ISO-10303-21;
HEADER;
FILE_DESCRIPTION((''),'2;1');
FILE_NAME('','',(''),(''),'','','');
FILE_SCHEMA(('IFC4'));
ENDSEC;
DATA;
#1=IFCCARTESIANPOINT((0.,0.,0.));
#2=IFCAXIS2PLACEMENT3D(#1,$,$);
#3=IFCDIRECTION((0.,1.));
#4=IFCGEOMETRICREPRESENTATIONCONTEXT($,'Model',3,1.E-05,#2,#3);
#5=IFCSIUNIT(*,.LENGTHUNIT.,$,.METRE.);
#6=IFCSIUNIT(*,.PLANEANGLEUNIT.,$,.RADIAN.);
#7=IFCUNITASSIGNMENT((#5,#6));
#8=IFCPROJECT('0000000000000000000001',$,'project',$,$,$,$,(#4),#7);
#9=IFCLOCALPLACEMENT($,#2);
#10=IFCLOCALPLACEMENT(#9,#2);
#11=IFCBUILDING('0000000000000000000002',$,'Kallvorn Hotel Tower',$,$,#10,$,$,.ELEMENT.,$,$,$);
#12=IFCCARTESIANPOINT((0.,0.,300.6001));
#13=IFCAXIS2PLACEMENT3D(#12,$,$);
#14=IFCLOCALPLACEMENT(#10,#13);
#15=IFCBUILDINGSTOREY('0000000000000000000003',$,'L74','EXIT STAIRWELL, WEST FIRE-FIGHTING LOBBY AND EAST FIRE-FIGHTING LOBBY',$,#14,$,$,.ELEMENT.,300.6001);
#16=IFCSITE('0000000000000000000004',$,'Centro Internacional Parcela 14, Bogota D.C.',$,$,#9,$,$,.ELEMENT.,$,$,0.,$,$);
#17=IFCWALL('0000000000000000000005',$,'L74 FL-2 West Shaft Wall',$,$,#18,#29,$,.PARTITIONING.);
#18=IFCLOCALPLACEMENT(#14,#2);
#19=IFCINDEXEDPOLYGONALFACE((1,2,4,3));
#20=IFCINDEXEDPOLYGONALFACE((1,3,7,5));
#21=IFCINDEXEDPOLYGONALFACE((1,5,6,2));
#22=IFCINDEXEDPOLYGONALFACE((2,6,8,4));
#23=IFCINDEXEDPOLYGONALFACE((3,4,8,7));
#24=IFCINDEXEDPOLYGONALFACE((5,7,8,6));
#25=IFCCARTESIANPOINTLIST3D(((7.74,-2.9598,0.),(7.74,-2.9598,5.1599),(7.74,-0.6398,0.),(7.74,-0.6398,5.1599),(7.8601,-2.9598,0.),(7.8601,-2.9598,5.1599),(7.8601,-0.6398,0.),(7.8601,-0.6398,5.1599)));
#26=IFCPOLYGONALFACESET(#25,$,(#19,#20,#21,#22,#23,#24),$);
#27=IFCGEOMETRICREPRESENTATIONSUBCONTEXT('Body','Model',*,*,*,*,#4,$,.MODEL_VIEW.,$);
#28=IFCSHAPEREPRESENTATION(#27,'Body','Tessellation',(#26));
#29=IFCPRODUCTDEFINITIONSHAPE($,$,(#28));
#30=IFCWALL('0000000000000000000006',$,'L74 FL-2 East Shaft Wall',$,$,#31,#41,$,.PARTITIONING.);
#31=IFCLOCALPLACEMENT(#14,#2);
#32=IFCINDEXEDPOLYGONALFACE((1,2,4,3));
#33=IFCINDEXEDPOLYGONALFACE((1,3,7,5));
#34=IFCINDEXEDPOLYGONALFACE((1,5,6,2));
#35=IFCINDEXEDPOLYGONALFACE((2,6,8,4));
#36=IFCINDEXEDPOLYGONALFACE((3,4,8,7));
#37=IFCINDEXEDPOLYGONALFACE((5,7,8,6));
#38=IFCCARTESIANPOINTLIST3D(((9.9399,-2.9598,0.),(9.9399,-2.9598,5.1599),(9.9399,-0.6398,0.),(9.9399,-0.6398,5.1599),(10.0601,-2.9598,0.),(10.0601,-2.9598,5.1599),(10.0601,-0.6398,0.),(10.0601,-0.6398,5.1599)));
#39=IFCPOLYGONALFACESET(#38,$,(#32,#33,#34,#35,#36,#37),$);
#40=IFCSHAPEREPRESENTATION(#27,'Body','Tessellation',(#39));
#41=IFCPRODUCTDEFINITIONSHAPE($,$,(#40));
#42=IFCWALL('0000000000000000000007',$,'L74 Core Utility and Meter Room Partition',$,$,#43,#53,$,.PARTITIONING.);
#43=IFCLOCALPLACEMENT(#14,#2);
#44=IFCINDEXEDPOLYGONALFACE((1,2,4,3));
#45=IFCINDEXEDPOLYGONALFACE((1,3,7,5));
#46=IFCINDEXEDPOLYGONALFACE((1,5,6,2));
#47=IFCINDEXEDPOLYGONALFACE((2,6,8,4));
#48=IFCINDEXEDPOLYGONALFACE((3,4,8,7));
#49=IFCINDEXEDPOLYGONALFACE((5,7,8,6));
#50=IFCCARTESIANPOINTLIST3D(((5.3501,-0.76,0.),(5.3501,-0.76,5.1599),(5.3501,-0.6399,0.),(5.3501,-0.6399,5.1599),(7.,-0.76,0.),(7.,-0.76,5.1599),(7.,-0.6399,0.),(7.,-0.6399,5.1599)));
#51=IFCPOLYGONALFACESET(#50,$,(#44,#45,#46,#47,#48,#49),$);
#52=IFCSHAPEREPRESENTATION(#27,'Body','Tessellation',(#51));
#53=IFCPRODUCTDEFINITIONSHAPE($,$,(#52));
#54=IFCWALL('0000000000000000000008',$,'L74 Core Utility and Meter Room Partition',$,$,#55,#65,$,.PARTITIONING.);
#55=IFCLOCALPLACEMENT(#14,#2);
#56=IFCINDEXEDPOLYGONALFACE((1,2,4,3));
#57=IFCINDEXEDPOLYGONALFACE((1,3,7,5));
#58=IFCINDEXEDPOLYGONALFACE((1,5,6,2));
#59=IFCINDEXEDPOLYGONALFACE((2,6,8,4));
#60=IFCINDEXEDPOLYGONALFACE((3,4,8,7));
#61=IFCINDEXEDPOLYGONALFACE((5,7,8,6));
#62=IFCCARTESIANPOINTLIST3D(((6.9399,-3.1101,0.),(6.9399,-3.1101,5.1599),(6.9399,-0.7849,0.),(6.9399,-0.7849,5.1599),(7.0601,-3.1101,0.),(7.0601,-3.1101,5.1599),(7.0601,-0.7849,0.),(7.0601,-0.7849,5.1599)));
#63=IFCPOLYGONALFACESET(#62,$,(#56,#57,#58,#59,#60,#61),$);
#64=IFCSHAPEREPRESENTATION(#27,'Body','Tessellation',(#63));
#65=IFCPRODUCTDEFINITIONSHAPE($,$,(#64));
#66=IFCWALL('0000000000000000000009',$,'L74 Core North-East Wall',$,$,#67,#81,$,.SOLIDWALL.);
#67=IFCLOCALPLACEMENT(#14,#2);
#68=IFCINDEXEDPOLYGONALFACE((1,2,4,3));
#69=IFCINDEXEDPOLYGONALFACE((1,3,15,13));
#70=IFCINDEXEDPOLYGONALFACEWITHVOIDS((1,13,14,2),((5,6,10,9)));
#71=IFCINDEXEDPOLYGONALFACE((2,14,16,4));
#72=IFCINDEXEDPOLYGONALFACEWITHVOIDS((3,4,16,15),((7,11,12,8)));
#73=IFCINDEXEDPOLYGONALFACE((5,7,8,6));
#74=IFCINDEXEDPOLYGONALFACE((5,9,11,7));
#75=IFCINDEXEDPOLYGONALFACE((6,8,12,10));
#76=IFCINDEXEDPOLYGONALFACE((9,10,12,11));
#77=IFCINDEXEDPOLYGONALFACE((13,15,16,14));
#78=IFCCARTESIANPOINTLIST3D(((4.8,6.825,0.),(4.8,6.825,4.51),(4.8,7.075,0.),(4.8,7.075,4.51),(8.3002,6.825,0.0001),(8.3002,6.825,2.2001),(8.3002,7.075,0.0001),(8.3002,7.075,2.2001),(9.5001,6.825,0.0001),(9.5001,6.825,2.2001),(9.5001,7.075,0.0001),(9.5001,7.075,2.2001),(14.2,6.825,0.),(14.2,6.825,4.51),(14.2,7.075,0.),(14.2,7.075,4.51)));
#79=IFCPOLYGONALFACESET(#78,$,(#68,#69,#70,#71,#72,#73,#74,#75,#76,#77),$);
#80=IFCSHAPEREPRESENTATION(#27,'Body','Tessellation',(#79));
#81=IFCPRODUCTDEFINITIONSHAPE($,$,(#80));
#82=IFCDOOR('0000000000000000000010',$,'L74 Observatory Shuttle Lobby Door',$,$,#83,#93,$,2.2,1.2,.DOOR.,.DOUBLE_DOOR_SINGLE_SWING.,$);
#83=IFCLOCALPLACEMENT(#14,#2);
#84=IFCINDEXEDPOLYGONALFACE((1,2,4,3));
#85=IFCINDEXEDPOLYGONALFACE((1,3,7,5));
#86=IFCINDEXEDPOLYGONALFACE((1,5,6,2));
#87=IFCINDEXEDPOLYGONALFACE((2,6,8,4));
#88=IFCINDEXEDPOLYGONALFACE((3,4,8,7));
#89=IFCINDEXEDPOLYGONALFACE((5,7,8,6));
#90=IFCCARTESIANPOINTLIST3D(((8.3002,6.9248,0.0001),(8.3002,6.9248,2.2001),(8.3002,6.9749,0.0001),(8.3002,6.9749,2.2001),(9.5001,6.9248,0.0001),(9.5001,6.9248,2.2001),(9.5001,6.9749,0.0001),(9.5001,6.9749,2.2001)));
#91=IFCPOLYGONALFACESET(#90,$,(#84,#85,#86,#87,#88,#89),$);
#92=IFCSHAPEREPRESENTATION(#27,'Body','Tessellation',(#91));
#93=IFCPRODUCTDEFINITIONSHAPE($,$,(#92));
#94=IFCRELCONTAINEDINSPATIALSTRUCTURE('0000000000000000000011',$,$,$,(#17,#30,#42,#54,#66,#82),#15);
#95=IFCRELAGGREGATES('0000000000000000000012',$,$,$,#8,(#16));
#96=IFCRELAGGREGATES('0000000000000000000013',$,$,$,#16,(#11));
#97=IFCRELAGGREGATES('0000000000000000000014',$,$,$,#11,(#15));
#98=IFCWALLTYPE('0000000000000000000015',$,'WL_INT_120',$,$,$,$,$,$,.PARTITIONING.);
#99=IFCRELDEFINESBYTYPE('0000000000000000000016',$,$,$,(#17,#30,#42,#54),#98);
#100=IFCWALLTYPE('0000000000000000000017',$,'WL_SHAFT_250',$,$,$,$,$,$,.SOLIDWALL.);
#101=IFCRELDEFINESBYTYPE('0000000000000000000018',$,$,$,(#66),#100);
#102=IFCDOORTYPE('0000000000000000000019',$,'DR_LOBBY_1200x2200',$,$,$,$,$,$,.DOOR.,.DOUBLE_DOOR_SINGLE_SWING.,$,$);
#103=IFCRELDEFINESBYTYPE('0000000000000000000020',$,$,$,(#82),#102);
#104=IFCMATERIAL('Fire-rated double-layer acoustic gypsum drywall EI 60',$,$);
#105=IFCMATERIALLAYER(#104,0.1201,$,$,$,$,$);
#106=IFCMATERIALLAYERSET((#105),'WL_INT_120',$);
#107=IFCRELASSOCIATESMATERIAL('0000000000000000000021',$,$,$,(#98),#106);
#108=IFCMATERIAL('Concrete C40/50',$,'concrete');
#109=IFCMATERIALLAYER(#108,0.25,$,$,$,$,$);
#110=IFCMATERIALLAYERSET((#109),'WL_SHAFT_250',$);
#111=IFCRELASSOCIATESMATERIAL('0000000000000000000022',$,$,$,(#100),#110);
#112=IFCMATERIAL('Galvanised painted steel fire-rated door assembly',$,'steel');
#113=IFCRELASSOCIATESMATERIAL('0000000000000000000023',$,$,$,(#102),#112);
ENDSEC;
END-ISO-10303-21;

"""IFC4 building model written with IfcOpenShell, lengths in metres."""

from ifc_helpers import new_model, si_unit, direction, frame, frame_2d, origin, place, context, subcontext, project, spatial, rectangle, extrude, material, layer, layer_set, type_object, element, fill, save


model = new_model("IFC4")

# Units and contexts
model_context = context("Model", 3, precision=1e-05, world=origin(), true_north=direction((0.0, 1.0)))
body_context = subcontext(model_context, "Body", "Model", "MODEL_VIEW")
ifc_project = project(units=[si_unit("LENGTHUNIT", "METRE"), si_unit("PLANEANGLEUNIT", "RADIAN")], contexts=[model_context])

# Site, building, storey
site_placement = place(None, origin())
site = spatial("IfcSite", under=ifc_project, at=site_placement, Name="Centro Internacional Parcela 14, Bogota D.C.", CompositionType="ELEMENT", RefElevation=0.0)
building_placement = place(site_placement, origin())
building = spatial("IfcBuilding", under=site, at=building_placement, Name="Kallvorn Hotel Tower", CompositionType="ELEMENT")
storey_placement = place(building_placement, frame((0.0, 0.0, 300.6001)))
storey = spatial("IfcBuildingStorey", under=building, at=storey_placement, Name="L74", Description="EXIT STAIRWELL, WEST FIRE-FIGHTING LOBBY AND EAST FIRE-FIGHTING LOBBY", CompositionType="ELEMENT", Elevation=300.6001)

# Walls
ifc_material_1 = material(Name="Fire-rated double-layer acoustic gypsum drywall EI 60")
ifc_layer_1 = layer(ifc_material_1, 0.1201)
ifc_layer_set_1 = layer_set([ifc_layer_1], Name="WL_INT_120")
wall_type_1 = type_object("IfcWallType", Name="WL_INT_120", PredefinedType="PARTITIONING", material=ifc_layer_set_1)
for number, where, z_axis, x_axis, name in (
    (1, (7.8, -2.96, 0.0), (0.0, 0.0, 1.0), (0.0, 1.0, 0.0), "L74 FL-2 West Shaft Wall"),
    (2, (10.0, -2.96, 0.0), (0.0, 0.0, 1.0), (0.0, 1.0, 0.0), "L74 FL-2 East Shaft Wall"),
):
    element("IfcWall", number, at=place(storey_placement, frame(where, z_axis=z_axis, x_axis=x_axis)), inside=storey, type_object=wall_type_1, Name=name, PredefinedType="PARTITIONING", context=body_context, shape_type="SweptSolid", body=[
        extrude(rectangle(XDim=2.3201, YDim=0.1201, at=frame_2d((1.1602, 0.0))), origin(), (0.0, 0.0, 1.0), 5.1599),
    ])
wall_1_placement = place(storey_placement, frame((5.3501, -0.7, 0.0), z_axis=(0.0, 0.0, 1.0), x_axis=(1.0, 0.0, 0.0)))
element("IfcWall", 3, at=wall_1_placement, inside=storey, type_object=wall_type_1, Name="L74 Core Utility and Meter Room Partition", PredefinedType="PARTITIONING", context=body_context, shape_type="SweptSolid", body=[
    extrude(rectangle(XDim=1.6499, YDim=0.1201, at=frame_2d((0.825, 0.0))), origin(), (0.0, 0.0, 1.0), 5.1599),
])
wall_2_placement = place(storey_placement, frame((7.0, -3.1101, 0.0), z_axis=(0.0, 0.0, 1.0), x_axis=(0.0, 1.0, 0.0)))
element("IfcWall", 4, at=wall_2_placement, inside=storey, type_object=wall_type_1, Name="L74 Core Utility and Meter Room Partition", PredefinedType="PARTITIONING", context=body_context, shape_type="SweptSolid", body=[
    extrude(rectangle(XDim=2.3252, YDim=0.1201, at=frame_2d((1.1626, 0.0))), origin(), (0.0, 0.0, 1.0), 5.1599),
])

# Wall, opening, door
ifc_material_2 = material(Name="Concrete C40/50", Category="concrete")
ifc_layer_2 = layer(ifc_material_2, 0.25)
ifc_layer_set_2 = layer_set([ifc_layer_2], Name="WL_SHAFT_250")
wall_type_2 = type_object("IfcWallType", Name="WL_SHAFT_250", PredefinedType="SOLIDWALL", material=ifc_layer_set_2)
wall_3_placement = place(storey_placement, frame((4.8, 6.95, 0.0), z_axis=(0.0, 0.0, 1.0), x_axis=(1.0, 0.0, 0.0)))
wall_3 = element("IfcWall", 5, at=wall_3_placement, inside=storey, type_object=wall_type_2, Name="L74 Core North-East Wall", PredefinedType="SOLIDWALL", context=body_context, shape_type="SweptSolid", body=[
    extrude(rectangle(XDim=9.3999, YDim=0.25, at=frame_2d((4.7, 0.0))), origin(), (0.0, 0.0, 1.0), 4.51),
])
opening_1_placement = place(wall_3_placement, frame((3.5, 0.0, 0.0)))
opening_1 = element("IfcOpeningElement", 6, at=opening_1_placement, cuts=wall_3, PredefinedType="OPENING", context=body_context, shape_type="SweptSolid", body=[
    extrude(rectangle(XDim=1.2, YDim=2.2, at=frame_2d((0.6001, 1.1001))), frame((0.0, 0.1399, 0.0), z_axis=(0.0, -1.0, 0.0), x_axis=(1.0, 0.0, 0.0)), (0.0, 0.0, 1.0), 0.28),
])
ifc_material_3 = material(Name="Galvanised painted steel fire-rated door assembly", Category="steel")
door_type_1 = type_object("IfcDoorType", Name="DR_LOBBY_1200x2200", OperationType="DOUBLE_DOOR_SINGLE_SWING", PredefinedType="DOOR", material=ifc_material_3)
door_1_placement = place(opening_1_placement, origin())
door_1 = element("IfcDoor", 7, at=door_1_placement, inside=storey, type_object=door_type_1, Name="L74 Observatory Shuttle Lobby Door", OperationType="DOUBLE_DOOR_SINGLE_SWING", OverallHeight=2.2, OverallWidth=1.2, PredefinedType="DOOR", context=body_context, shape_type="SweptSolid", body=[
    extrude(rectangle(XDim=1.2, YDim=2.2, at=frame_2d((0.6001, 1.1001))), frame((0.0, 0.0249, 0.0), z_axis=(0.0, -1.0, 0.0), x_axis=(1.0, 0.0, 0.0)), (0.0, 0.0, 1.0), 0.05),
])
fill(opening_1, door_1)

save(model, "model.ifc")
